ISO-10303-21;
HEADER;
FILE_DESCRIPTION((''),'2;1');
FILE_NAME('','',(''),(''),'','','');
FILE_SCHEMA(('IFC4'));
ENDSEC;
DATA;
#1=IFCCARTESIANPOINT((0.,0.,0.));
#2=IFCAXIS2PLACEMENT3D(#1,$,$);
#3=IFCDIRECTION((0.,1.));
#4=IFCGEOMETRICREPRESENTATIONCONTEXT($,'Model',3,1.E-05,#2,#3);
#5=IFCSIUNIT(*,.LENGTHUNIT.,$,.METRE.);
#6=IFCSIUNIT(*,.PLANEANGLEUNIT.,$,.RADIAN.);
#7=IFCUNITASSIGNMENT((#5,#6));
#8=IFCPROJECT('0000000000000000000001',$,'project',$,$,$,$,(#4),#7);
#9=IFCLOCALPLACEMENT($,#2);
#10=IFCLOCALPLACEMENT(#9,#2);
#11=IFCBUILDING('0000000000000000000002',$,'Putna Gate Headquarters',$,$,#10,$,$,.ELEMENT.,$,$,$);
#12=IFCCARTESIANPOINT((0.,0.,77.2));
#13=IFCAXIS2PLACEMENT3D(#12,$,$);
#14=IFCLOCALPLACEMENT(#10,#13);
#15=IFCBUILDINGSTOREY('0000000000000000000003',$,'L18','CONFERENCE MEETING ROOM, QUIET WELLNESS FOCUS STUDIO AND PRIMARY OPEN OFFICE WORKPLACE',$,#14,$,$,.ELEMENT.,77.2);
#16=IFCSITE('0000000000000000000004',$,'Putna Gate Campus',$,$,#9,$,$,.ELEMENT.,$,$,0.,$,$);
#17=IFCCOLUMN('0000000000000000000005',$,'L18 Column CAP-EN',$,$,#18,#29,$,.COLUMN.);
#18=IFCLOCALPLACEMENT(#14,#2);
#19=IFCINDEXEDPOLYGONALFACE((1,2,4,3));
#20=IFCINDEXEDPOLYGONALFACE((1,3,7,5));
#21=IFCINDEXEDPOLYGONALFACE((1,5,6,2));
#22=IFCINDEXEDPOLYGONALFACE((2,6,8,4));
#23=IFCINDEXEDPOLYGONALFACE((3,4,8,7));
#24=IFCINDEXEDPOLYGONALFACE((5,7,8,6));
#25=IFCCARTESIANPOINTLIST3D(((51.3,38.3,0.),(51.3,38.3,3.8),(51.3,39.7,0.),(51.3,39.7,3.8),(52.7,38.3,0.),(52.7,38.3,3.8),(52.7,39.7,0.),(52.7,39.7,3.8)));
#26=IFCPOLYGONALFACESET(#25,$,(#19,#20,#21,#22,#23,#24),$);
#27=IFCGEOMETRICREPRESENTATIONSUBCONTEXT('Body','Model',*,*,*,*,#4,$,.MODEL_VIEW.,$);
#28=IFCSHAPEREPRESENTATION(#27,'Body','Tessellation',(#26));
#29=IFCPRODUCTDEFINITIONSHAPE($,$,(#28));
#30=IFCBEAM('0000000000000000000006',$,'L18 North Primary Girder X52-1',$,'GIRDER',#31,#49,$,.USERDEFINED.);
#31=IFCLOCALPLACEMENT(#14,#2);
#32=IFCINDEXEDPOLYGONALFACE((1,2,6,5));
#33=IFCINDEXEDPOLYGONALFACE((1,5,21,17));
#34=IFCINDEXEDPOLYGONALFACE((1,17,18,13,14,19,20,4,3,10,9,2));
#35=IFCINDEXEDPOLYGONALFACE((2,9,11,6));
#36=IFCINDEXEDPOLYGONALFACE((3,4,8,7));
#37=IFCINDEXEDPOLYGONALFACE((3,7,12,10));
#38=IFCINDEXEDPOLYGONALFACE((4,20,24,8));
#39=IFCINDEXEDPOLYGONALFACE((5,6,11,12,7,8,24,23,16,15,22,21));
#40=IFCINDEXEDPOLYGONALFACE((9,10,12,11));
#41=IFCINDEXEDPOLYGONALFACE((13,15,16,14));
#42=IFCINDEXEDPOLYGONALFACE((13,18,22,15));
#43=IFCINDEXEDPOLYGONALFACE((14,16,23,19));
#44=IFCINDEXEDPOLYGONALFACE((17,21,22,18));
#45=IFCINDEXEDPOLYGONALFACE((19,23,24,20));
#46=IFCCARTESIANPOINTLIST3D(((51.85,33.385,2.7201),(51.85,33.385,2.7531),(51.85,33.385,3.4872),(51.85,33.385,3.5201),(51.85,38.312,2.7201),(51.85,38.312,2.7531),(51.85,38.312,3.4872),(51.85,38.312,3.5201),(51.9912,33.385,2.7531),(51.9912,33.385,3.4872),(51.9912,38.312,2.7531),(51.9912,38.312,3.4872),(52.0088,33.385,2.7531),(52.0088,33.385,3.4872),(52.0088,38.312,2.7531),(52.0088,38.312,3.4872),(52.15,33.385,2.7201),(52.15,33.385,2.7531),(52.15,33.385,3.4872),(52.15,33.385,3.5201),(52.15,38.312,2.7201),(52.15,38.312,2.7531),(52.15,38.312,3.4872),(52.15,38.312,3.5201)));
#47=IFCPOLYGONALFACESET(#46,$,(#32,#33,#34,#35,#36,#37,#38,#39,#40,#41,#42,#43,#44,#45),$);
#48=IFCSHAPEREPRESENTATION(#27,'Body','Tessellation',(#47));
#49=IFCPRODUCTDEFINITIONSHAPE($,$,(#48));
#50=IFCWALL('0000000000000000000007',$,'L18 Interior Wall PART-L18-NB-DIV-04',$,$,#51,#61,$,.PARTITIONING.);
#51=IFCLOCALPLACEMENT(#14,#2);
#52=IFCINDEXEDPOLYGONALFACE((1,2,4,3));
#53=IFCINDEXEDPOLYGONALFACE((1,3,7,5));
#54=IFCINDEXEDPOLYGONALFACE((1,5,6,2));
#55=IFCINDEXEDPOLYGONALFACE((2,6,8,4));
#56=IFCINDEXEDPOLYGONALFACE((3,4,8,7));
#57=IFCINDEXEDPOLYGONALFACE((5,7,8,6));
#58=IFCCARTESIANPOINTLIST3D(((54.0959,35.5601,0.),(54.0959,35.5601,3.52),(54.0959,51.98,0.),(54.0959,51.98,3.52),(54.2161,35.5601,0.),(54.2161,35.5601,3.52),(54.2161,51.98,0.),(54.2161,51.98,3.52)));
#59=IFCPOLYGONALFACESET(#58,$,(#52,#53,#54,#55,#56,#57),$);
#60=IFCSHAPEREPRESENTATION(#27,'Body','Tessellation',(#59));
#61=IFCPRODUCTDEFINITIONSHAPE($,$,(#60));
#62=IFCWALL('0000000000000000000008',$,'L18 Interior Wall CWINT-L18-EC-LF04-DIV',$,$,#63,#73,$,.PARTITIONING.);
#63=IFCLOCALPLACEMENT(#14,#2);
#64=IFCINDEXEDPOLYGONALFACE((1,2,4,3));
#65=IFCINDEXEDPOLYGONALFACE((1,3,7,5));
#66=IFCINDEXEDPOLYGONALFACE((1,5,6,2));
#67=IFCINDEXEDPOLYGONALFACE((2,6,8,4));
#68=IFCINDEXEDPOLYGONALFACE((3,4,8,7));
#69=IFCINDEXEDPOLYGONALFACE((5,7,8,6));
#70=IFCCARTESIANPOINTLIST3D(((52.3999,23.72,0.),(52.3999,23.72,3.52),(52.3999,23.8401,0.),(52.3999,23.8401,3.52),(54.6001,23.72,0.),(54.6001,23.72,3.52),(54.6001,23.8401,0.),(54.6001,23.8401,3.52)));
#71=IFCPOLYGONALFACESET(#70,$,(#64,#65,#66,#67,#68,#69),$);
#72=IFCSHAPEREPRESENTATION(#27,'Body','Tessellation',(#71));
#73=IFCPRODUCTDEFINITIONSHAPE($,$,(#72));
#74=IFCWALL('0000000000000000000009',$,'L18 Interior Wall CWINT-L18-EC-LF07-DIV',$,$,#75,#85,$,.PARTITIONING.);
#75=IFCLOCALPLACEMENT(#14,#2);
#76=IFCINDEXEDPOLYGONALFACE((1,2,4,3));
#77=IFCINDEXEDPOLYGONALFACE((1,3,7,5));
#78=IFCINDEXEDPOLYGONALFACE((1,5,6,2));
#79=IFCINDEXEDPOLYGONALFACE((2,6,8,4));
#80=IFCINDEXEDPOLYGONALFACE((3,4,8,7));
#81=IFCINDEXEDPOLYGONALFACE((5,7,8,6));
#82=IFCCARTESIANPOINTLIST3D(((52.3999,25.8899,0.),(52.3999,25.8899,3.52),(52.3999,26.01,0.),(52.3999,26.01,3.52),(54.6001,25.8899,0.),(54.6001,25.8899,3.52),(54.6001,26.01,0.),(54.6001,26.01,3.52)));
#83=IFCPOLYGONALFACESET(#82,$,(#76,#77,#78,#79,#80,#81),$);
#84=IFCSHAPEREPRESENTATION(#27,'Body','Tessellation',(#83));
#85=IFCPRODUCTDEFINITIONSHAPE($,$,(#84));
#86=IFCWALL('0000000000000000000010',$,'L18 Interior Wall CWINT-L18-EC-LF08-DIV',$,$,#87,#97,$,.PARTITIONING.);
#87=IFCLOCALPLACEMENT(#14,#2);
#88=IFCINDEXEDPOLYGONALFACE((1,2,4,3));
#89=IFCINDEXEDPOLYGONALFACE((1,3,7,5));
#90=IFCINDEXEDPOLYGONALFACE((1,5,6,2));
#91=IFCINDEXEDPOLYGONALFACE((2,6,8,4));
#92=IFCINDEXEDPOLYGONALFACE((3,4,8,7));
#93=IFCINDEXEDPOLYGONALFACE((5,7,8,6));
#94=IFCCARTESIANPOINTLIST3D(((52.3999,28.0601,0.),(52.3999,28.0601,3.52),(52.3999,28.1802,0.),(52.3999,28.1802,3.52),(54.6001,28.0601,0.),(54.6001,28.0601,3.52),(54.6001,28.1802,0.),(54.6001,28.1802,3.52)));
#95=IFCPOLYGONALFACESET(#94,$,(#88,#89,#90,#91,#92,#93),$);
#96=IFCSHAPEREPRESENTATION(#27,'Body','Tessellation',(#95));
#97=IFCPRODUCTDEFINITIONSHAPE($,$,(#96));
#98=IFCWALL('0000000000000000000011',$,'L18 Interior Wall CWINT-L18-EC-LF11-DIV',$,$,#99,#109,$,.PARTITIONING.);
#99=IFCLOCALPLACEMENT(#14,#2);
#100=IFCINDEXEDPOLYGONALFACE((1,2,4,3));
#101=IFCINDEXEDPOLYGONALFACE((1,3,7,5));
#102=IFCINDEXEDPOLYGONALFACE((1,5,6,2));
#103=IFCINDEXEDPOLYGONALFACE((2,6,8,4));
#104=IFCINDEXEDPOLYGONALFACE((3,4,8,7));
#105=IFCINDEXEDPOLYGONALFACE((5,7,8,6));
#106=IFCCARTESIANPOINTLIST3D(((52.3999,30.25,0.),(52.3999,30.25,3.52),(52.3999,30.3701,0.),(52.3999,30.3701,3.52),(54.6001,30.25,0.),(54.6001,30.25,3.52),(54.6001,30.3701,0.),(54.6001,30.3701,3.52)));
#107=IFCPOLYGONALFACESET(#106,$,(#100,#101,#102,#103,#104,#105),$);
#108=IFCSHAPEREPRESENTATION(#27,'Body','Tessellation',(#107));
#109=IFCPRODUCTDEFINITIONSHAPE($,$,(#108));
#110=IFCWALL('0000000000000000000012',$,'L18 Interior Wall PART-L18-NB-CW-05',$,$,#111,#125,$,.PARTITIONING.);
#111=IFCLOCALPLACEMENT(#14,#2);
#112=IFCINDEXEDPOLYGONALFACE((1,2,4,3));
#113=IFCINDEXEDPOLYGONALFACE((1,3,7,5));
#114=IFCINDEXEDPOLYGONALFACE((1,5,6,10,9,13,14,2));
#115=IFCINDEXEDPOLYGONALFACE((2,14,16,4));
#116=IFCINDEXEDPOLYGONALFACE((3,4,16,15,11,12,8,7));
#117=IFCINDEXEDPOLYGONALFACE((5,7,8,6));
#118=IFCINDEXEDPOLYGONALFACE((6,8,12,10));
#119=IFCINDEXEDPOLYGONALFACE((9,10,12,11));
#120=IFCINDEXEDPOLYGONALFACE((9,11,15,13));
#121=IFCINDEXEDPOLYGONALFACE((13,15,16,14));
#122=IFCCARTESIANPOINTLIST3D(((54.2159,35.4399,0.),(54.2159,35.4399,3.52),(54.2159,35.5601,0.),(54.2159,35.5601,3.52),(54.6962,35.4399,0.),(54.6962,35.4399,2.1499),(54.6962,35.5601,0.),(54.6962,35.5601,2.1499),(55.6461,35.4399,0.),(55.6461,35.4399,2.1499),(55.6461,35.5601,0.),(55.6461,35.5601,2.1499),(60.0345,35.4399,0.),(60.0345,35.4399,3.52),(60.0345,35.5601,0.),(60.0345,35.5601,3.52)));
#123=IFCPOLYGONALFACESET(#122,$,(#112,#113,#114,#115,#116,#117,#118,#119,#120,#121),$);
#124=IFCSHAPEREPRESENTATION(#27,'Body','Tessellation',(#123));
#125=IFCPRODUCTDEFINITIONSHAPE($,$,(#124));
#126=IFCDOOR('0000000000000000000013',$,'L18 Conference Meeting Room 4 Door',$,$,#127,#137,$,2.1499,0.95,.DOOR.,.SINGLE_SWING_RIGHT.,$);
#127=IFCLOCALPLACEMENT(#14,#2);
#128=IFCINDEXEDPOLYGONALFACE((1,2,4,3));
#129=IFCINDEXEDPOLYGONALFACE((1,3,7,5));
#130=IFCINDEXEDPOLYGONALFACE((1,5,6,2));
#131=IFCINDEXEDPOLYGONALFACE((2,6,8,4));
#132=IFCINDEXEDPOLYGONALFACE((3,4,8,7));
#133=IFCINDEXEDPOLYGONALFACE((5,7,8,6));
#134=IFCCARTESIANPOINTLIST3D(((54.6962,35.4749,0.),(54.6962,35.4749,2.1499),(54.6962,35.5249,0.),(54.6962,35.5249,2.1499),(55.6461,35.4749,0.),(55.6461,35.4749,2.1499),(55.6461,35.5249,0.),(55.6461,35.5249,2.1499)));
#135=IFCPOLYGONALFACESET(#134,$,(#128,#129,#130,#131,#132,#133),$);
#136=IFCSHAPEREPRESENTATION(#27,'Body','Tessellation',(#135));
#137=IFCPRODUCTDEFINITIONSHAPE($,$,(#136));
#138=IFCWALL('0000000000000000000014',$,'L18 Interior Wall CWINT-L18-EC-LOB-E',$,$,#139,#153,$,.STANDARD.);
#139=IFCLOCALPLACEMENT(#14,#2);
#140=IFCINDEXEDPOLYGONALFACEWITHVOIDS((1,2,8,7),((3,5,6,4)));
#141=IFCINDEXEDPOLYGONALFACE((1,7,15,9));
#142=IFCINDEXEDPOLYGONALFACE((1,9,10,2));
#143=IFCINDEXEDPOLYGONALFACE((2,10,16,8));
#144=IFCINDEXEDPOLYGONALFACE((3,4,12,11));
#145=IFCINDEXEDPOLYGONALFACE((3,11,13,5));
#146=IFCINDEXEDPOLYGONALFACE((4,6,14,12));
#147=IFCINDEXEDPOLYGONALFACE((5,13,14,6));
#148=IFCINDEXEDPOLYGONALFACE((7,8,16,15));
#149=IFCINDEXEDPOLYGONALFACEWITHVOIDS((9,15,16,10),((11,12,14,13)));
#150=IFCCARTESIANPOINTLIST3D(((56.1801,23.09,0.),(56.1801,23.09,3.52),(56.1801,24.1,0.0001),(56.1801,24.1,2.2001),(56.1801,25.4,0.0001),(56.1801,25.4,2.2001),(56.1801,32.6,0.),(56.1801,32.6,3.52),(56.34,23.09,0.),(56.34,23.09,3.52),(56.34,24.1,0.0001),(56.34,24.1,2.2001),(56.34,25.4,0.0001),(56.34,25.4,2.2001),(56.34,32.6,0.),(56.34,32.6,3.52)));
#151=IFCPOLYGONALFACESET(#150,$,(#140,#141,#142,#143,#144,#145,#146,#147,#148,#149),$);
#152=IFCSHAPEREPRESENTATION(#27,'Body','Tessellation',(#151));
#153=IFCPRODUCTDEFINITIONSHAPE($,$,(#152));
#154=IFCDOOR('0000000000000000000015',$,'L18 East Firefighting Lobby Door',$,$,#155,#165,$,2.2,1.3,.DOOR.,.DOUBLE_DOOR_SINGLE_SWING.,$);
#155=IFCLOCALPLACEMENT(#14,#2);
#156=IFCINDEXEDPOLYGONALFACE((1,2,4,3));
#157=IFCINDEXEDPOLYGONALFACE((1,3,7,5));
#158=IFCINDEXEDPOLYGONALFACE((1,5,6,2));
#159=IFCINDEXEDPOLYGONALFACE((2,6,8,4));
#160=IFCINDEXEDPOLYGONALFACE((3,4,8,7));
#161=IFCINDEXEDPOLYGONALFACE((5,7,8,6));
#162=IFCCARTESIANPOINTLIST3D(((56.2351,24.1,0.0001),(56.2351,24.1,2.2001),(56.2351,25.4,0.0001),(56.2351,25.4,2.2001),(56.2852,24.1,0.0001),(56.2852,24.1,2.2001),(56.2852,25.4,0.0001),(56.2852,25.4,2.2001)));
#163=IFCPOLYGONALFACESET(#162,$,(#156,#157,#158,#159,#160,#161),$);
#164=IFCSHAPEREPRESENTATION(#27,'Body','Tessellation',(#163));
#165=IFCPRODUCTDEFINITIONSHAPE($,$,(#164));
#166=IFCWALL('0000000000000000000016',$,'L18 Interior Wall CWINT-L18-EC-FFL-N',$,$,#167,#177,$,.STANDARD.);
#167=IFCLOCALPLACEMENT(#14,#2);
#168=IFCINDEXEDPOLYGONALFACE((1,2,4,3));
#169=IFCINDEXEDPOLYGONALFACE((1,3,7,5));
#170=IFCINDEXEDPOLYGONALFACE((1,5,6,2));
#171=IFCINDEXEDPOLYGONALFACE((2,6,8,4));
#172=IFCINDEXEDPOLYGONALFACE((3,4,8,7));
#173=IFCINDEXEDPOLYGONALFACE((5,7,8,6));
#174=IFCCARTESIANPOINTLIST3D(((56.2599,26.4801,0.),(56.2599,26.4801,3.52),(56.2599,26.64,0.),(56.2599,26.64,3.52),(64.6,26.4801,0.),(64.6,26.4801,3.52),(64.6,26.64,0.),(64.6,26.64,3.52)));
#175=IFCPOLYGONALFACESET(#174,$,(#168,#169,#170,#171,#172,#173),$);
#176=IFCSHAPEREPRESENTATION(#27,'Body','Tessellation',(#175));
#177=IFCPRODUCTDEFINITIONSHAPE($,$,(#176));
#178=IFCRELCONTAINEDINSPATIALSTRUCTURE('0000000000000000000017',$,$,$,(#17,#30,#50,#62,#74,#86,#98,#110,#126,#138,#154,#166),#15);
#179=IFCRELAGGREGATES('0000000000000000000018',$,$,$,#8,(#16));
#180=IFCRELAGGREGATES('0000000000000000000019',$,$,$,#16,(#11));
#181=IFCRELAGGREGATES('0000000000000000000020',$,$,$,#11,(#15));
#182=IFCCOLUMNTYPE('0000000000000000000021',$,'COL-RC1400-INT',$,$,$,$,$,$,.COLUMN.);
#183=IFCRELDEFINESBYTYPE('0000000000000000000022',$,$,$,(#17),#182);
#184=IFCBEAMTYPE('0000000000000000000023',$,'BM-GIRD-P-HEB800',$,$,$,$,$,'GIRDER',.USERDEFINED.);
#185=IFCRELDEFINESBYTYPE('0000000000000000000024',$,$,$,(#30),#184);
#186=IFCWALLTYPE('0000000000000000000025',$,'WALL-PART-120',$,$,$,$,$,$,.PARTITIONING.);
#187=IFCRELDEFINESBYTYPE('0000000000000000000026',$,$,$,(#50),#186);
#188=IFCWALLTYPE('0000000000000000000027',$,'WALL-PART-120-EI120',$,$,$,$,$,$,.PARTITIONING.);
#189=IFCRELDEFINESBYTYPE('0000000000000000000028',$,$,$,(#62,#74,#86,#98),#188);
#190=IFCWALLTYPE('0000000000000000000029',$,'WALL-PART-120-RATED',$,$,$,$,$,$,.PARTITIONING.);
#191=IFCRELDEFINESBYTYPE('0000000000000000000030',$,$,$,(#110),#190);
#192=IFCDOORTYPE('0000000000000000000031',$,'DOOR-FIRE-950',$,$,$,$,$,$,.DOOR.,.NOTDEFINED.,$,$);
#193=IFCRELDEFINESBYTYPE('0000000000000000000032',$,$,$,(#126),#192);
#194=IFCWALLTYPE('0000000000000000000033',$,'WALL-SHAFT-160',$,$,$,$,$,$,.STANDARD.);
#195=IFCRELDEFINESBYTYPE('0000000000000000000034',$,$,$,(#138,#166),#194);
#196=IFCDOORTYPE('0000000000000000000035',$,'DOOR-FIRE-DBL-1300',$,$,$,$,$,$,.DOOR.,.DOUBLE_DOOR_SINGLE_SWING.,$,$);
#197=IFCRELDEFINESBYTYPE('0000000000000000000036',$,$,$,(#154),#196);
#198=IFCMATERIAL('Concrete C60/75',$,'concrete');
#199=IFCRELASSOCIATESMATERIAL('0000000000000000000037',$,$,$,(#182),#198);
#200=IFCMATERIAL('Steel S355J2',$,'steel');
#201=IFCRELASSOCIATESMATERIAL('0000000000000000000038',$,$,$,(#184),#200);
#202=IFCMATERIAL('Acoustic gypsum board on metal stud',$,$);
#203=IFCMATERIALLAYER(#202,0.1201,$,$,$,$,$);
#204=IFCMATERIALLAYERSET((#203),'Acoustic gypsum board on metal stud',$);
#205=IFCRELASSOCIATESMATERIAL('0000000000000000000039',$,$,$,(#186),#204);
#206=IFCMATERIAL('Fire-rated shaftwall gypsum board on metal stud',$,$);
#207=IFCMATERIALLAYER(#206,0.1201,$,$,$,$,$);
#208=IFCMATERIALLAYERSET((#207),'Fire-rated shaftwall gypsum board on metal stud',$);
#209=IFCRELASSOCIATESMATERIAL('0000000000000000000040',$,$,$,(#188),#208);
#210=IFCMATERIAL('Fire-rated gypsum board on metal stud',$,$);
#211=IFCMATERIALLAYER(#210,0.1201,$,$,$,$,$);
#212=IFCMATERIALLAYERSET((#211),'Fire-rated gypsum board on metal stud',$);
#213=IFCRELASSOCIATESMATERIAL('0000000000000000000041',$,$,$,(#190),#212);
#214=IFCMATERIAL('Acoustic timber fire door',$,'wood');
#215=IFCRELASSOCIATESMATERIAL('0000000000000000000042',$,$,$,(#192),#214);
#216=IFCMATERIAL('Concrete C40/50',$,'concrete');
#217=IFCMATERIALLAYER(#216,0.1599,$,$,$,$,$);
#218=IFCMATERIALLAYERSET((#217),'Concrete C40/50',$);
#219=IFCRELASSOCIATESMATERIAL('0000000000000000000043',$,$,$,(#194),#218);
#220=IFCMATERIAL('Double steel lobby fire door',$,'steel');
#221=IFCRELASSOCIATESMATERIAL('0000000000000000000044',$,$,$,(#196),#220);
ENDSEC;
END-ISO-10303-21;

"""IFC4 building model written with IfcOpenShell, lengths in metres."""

from ifc_helpers import new_model, si_unit, direction, frame, frame_2d, origin, origin_2d, place, context, subcontext, project, spatial, rectangle, i_section, extrude, material, layer, layer_set, material_profile, profile_set, type_object, element, fill, save


model = new_model("IFC4")

# Units and contexts
model_context = context("Model", 3, precision=1e-05, world=origin(), true_north=direction((0.0, 1.0)))
body_context = subcontext(model_context, "Body", "Model", "MODEL_VIEW")
ifc_project = project(units=[si_unit("LENGTHUNIT", "METRE"), si_unit("PLANEANGLEUNIT", "RADIAN")], contexts=[model_context])

# Site, building, storey
site_placement = place(None, origin())
site = spatial("IfcSite", under=ifc_project, at=site_placement, Name="Putna Gate Campus", CompositionType="ELEMENT", RefElevation=0.0)
building_placement = place(site_placement, origin())
building = spatial("IfcBuilding", under=site, at=building_placement, Name="Putna Gate Headquarters", CompositionType="ELEMENT")
storey_placement = place(building_placement, frame((0.0, 0.0, 77.2)))
storey = spatial("IfcBuildingStorey", under=building, at=storey_placement, Name="L18", Description="CONFERENCE MEETING ROOM, QUIET WELLNESS FOCUS STUDIO AND PRIMARY OPEN OFFICE WORKPLACE", CompositionType="ELEMENT", Elevation=77.2)

# Column
ifc_material_1 = material(Name="Concrete C60/75", Category="concrete")
ifc_material_profile_1 = material_profile(ifc_material_1, rectangle(XDim=1.3999, YDim=1.3999, at=origin_2d()), Name="Concrete C60/75")
ifc_profile_set_1 = profile_set([ifc_material_profile_1], Name="Concrete C60/75")
column_type = type_object("IfcColumnType", Name="COL-RC1400-INT", PredefinedType="COLUMN", material=ifc_profile_set_1)
column_placement = place(storey_placement, frame((52.0, 39.0, 0.0), z_axis=(0.0, 0.0, 1.0), x_axis=(1.0, 0.0, 0.0)))
element("IfcColumn", 1, at=column_placement, inside=storey, type_object=column_type, Name="L18 Column CAP-EN", PredefinedType="COLUMN", context=body_context, shape_type="SweptSolid", body=[
    extrude(rectangle(XDim=1.3999, YDim=1.3999, at=origin_2d()), origin(), (0.0, 0.0, 1.0), 3.8),
])

# Beam
ifc_material_2 = material(Name="Steel S355J2", Category="steel")
ifc_material_profile_2 = material_profile(ifc_material_2, i_section(OverallWidth=0.3, OverallDepth=0.8, WebThickness=0.0176, FlangeThickness=0.033, at=origin_2d()), Name="Steel S355J2")
ifc_profile_set_2 = profile_set([ifc_material_profile_2], Name="Steel S355J2")
beam_type = type_object("IfcBeamType", Name="BM-GIRD-P-HEB800", ElementType="GIRDER", PredefinedType="USERDEFINED", material=ifc_profile_set_2)
beam_placement = place(storey_placement, frame((52.0, 33.385, 3.1201), z_axis=(0.0, 1.0, 0.0), x_axis=(-1.0, 0.0, 0.0)))
element("IfcBeam", 2, at=beam_placement, inside=storey, type_object=beam_type, Name="L18 North Primary Girder X52-1", ObjectType="GIRDER", PredefinedType="USERDEFINED", context=body_context, shape_type="SweptSolid", body=[
    extrude(i_section(OverallWidth=0.3, OverallDepth=0.8, WebThickness=0.0176, FlangeThickness=0.033, at=origin_2d()), origin(), (0.0, 0.0, 1.0), 4.927),
])

# Walls
ifc_material_3 = material(Name="Acoustic gypsum board on metal stud")
ifc_layer_1 = layer(ifc_material_3, 0.1201)
ifc_layer_set_1 = layer_set([ifc_layer_1], Name="Acoustic gypsum board on metal stud")
wall_type_1 = type_object("IfcWallType", Name="WALL-PART-120", PredefinedType="PARTITIONING", material=ifc_layer_set_1)
wall_1_placement = place(storey_placement, frame((54.156, 35.5601, 0.0), z_axis=(0.0, 0.0, 1.0), x_axis=(0.0, 1.0, 0.0)))
element("IfcWall", 3, at=wall_1_placement, inside=storey, type_object=wall_type_1, Name="L18 Interior Wall PART-L18-NB-DIV-04", PredefinedType="PARTITIONING", context=body_context, shape_type="SweptSolid", body=[
    extrude(rectangle(XDim=16.4199, YDim=0.1201, at=frame_2d((8.21, 0.0))), origin(), (0.0, 0.0, 1.0), 3.52),
])
ifc_material_4 = material(Name="Fire-rated shaftwall gypsum board on metal stud")
ifc_layer_2 = layer(ifc_material_4, 0.1201)
ifc_layer_set_2 = layer_set([ifc_layer_2], Name="Fire-rated shaftwall gypsum board on metal stud")
wall_type_2 = type_object("IfcWallType", Name="WALL-PART-120-EI120", PredefinedType="PARTITIONING", material=ifc_layer_set_2)
for number, where, z_axis, x_axis, name in (
    (4, (52.3999, 23.78, 0.0), (0.0, 0.0, 1.0), (1.0, 0.0, 0.0), "L18 Interior Wall CWINT-L18-EC-LF04-DIV"),
    (5, (52.3999, 25.95, 0.0), (0.0, 0.0, 1.0), (1.0, 0.0, 0.0), "L18 Interior Wall CWINT-L18-EC-LF07-DIV"),
    (6, (52.3999, 28.1201, 0.0), (0.0, 0.0, 1.0), (1.0, 0.0, 0.0), "L18 Interior Wall CWINT-L18-EC-LF08-DIV"),
    (7, (52.3999, 30.3101, 0.0), (0.0, 0.0, 1.0), (1.0, 0.0, 0.0), "L18 Interior Wall CWINT-L18-EC-LF11-DIV"),
):
    element("IfcWall", number, at=place(storey_placement, frame(where, z_axis=z_axis, x_axis=x_axis)), inside=storey, type_object=wall_type_2, Name=name, PredefinedType="PARTITIONING", context=body_context, shape_type="SweptSolid", body=[
        extrude(rectangle(XDim=2.2002, YDim=0.1201, at=frame_2d((1.1001, 0.0))), origin(), (0.0, 0.0, 1.0), 3.52),
    ])

# Walls, openings, doors
ifc_material_5 = material(Name="Fire-rated gypsum board on metal stud")
ifc_layer_3 = layer(ifc_material_5, 0.1201)
ifc_layer_set_3 = layer_set([ifc_layer_3], Name="Fire-rated gypsum board on metal stud")
wall_type_3 = type_object("IfcWallType", Name="WALL-PART-120-RATED", PredefinedType="PARTITIONING", material=ifc_layer_set_3)
wall_2_placement = place(storey_placement, frame((54.2161, 35.5, 0.0), z_axis=(0.0, 0.0, 1.0), x_axis=(1.0, 0.0, 0.0)))
wall_2 = element("IfcWall", 8, at=wall_2_placement, inside=storey, type_object=wall_type_3, Name="L18 Interior Wall PART-L18-NB-CW-05", PredefinedType="PARTITIONING", context=body_context, shape_type="SweptSolid", body=[
    extrude(rectangle(XDim=5.8186, YDim=0.1201, at=frame_2d((2.9092, 0.0))), origin(), (0.0, 0.0, 1.0), 3.52),
])
opening_1_placement = place(wall_2_placement, frame((0.48, 0.0, 0.0)))
opening_1 = element("IfcOpeningElement", 9, at=opening_1_placement, cuts=wall_2, PredefinedType="OPENING", context=body_context, shape_type="SweptSolid", body=[
    extrude(rectangle(XDim=0.95, YDim=2.1499, at=frame_2d((0.4751, 1.075))), frame((0.0, 0.0701, 0.0), z_axis=(0.0, -1.0, 0.0), x_axis=(1.0, 0.0, 0.0)), (0.0, 0.0, 1.0), 0.1401),
])
ifc_material_6 = material(Name="Acoustic timber fire door", Category="wood")
door_type_1 = type_object("IfcDoorType", Name="DOOR-FIRE-950", OperationType="NOTDEFINED", PredefinedType="DOOR", material=ifc_material_6)
door_1_placement = place(opening_1_placement, origin())
door_1 = element("IfcDoor", 10, at=door_1_placement, inside=storey, type_object=door_type_1, Name="L18 Conference Meeting Room 4 Door", OperationType="SINGLE_SWING_RIGHT", OverallHeight=2.1499, OverallWidth=0.95, PredefinedType="DOOR", context=body_context, shape_type="SweptSolid", body=[
    extrude(rectangle(XDim=0.95, YDim=2.1499, at=frame_2d((0.4751, 1.075))), frame((0.0, 0.0249, 0.0), z_axis=(0.0, -1.0, 0.0), x_axis=(1.0, 0.0, 0.0)), (0.0, 0.0, 1.0), 0.05),
])
fill(opening_1, door_1)
ifc_material_7 = material(Name="Concrete C40/50", Category="concrete")
ifc_layer_4 = layer(ifc_material_7, 0.1599)
ifc_layer_set_4 = layer_set([ifc_layer_4], Name="Concrete C40/50")
wall_type_4 = type_object("IfcWallType", Name="WALL-SHAFT-160", PredefinedType="STANDARD", material=ifc_layer_set_4)
wall_3_placement = place(storey_placement, frame((56.26, 23.0901, 0.0), z_axis=(0.0, 0.0, 1.0), x_axis=(0.0, 1.0, 0.0)))
wall_3 = element("IfcWall", 11, at=wall_3_placement, inside=storey, type_object=wall_type_4, Name="L18 Interior Wall CWINT-L18-EC-LOB-E", PredefinedType="STANDARD", context=body_context, shape_type="SweptSolid", body=[
    extrude(rectangle(XDim=9.51, YDim=0.1599, at=frame_2d((4.7549, 0.0))), origin(), (0.0, 0.0, 1.0), 3.52),
])
opening_2_placement = place(wall_3_placement, frame((1.01, 0.0, 0.0)))
opening_2 = element("IfcOpeningElement", 12, at=opening_2_placement, cuts=wall_3, PredefinedType="OPENING", context=body_context, shape_type="SweptSolid", body=[
    extrude(rectangle(XDim=1.3, YDim=2.2, at=frame_2d((0.6499, 1.1001))), frame((0.0, 0.0898, 0.0), z_axis=(0.0, -1.0, 0.0), x_axis=(1.0, 0.0, 0.0)), (0.0, 0.0, 1.0), 0.1799),
])
ifc_material_8 = material(Name="Double steel lobby fire door", Category="steel")
door_type_2 = type_object("IfcDoorType", Name="DOOR-FIRE-DBL-1300", OperationType="DOUBLE_DOOR_SINGLE_SWING", PredefinedType="DOOR", material=ifc_material_8)
door_2_placement = place(opening_2_placement, origin())
door_2 = element("IfcDoor", 13, at=door_2_placement, inside=storey, type_object=door_type_2, Name="L18 East Firefighting Lobby Door", OperationType="DOUBLE_DOOR_SINGLE_SWING", OverallHeight=2.2, OverallWidth=1.3, PredefinedType="DOOR", context=body_context, shape_type="SweptSolid", body=[
    extrude(rectangle(XDim=1.3, YDim=2.2, at=frame_2d((0.6499, 1.1001))), frame((0.0, 0.0249, 0.0), z_axis=(0.0, -1.0, 0.0), x_axis=(1.0, 0.0, 0.0)), (0.0, 0.0, 1.0), 0.05),
])
fill(opening_2, door_2)

# Wall
wall_4_placement = place(storey_placement, frame((56.26, 26.5601, 0.0), z_axis=(0.0, 0.0, 1.0), x_axis=(1.0, 0.0, 0.0)))
element("IfcWall", 14, at=wall_4_placement, inside=storey, type_object=wall_type_4, Name="L18 Interior Wall CWINT-L18-EC-FFL-N", PredefinedType="STANDARD", context=body_context, shape_type="SweptSolid", body=[
    extrude(rectangle(XDim=8.3401, YDim=0.1599, at=frame_2d((4.1699, 0.0))), origin(), (0.0, 0.0, 1.0), 3.52),
])

save(model, "model.ifc")
